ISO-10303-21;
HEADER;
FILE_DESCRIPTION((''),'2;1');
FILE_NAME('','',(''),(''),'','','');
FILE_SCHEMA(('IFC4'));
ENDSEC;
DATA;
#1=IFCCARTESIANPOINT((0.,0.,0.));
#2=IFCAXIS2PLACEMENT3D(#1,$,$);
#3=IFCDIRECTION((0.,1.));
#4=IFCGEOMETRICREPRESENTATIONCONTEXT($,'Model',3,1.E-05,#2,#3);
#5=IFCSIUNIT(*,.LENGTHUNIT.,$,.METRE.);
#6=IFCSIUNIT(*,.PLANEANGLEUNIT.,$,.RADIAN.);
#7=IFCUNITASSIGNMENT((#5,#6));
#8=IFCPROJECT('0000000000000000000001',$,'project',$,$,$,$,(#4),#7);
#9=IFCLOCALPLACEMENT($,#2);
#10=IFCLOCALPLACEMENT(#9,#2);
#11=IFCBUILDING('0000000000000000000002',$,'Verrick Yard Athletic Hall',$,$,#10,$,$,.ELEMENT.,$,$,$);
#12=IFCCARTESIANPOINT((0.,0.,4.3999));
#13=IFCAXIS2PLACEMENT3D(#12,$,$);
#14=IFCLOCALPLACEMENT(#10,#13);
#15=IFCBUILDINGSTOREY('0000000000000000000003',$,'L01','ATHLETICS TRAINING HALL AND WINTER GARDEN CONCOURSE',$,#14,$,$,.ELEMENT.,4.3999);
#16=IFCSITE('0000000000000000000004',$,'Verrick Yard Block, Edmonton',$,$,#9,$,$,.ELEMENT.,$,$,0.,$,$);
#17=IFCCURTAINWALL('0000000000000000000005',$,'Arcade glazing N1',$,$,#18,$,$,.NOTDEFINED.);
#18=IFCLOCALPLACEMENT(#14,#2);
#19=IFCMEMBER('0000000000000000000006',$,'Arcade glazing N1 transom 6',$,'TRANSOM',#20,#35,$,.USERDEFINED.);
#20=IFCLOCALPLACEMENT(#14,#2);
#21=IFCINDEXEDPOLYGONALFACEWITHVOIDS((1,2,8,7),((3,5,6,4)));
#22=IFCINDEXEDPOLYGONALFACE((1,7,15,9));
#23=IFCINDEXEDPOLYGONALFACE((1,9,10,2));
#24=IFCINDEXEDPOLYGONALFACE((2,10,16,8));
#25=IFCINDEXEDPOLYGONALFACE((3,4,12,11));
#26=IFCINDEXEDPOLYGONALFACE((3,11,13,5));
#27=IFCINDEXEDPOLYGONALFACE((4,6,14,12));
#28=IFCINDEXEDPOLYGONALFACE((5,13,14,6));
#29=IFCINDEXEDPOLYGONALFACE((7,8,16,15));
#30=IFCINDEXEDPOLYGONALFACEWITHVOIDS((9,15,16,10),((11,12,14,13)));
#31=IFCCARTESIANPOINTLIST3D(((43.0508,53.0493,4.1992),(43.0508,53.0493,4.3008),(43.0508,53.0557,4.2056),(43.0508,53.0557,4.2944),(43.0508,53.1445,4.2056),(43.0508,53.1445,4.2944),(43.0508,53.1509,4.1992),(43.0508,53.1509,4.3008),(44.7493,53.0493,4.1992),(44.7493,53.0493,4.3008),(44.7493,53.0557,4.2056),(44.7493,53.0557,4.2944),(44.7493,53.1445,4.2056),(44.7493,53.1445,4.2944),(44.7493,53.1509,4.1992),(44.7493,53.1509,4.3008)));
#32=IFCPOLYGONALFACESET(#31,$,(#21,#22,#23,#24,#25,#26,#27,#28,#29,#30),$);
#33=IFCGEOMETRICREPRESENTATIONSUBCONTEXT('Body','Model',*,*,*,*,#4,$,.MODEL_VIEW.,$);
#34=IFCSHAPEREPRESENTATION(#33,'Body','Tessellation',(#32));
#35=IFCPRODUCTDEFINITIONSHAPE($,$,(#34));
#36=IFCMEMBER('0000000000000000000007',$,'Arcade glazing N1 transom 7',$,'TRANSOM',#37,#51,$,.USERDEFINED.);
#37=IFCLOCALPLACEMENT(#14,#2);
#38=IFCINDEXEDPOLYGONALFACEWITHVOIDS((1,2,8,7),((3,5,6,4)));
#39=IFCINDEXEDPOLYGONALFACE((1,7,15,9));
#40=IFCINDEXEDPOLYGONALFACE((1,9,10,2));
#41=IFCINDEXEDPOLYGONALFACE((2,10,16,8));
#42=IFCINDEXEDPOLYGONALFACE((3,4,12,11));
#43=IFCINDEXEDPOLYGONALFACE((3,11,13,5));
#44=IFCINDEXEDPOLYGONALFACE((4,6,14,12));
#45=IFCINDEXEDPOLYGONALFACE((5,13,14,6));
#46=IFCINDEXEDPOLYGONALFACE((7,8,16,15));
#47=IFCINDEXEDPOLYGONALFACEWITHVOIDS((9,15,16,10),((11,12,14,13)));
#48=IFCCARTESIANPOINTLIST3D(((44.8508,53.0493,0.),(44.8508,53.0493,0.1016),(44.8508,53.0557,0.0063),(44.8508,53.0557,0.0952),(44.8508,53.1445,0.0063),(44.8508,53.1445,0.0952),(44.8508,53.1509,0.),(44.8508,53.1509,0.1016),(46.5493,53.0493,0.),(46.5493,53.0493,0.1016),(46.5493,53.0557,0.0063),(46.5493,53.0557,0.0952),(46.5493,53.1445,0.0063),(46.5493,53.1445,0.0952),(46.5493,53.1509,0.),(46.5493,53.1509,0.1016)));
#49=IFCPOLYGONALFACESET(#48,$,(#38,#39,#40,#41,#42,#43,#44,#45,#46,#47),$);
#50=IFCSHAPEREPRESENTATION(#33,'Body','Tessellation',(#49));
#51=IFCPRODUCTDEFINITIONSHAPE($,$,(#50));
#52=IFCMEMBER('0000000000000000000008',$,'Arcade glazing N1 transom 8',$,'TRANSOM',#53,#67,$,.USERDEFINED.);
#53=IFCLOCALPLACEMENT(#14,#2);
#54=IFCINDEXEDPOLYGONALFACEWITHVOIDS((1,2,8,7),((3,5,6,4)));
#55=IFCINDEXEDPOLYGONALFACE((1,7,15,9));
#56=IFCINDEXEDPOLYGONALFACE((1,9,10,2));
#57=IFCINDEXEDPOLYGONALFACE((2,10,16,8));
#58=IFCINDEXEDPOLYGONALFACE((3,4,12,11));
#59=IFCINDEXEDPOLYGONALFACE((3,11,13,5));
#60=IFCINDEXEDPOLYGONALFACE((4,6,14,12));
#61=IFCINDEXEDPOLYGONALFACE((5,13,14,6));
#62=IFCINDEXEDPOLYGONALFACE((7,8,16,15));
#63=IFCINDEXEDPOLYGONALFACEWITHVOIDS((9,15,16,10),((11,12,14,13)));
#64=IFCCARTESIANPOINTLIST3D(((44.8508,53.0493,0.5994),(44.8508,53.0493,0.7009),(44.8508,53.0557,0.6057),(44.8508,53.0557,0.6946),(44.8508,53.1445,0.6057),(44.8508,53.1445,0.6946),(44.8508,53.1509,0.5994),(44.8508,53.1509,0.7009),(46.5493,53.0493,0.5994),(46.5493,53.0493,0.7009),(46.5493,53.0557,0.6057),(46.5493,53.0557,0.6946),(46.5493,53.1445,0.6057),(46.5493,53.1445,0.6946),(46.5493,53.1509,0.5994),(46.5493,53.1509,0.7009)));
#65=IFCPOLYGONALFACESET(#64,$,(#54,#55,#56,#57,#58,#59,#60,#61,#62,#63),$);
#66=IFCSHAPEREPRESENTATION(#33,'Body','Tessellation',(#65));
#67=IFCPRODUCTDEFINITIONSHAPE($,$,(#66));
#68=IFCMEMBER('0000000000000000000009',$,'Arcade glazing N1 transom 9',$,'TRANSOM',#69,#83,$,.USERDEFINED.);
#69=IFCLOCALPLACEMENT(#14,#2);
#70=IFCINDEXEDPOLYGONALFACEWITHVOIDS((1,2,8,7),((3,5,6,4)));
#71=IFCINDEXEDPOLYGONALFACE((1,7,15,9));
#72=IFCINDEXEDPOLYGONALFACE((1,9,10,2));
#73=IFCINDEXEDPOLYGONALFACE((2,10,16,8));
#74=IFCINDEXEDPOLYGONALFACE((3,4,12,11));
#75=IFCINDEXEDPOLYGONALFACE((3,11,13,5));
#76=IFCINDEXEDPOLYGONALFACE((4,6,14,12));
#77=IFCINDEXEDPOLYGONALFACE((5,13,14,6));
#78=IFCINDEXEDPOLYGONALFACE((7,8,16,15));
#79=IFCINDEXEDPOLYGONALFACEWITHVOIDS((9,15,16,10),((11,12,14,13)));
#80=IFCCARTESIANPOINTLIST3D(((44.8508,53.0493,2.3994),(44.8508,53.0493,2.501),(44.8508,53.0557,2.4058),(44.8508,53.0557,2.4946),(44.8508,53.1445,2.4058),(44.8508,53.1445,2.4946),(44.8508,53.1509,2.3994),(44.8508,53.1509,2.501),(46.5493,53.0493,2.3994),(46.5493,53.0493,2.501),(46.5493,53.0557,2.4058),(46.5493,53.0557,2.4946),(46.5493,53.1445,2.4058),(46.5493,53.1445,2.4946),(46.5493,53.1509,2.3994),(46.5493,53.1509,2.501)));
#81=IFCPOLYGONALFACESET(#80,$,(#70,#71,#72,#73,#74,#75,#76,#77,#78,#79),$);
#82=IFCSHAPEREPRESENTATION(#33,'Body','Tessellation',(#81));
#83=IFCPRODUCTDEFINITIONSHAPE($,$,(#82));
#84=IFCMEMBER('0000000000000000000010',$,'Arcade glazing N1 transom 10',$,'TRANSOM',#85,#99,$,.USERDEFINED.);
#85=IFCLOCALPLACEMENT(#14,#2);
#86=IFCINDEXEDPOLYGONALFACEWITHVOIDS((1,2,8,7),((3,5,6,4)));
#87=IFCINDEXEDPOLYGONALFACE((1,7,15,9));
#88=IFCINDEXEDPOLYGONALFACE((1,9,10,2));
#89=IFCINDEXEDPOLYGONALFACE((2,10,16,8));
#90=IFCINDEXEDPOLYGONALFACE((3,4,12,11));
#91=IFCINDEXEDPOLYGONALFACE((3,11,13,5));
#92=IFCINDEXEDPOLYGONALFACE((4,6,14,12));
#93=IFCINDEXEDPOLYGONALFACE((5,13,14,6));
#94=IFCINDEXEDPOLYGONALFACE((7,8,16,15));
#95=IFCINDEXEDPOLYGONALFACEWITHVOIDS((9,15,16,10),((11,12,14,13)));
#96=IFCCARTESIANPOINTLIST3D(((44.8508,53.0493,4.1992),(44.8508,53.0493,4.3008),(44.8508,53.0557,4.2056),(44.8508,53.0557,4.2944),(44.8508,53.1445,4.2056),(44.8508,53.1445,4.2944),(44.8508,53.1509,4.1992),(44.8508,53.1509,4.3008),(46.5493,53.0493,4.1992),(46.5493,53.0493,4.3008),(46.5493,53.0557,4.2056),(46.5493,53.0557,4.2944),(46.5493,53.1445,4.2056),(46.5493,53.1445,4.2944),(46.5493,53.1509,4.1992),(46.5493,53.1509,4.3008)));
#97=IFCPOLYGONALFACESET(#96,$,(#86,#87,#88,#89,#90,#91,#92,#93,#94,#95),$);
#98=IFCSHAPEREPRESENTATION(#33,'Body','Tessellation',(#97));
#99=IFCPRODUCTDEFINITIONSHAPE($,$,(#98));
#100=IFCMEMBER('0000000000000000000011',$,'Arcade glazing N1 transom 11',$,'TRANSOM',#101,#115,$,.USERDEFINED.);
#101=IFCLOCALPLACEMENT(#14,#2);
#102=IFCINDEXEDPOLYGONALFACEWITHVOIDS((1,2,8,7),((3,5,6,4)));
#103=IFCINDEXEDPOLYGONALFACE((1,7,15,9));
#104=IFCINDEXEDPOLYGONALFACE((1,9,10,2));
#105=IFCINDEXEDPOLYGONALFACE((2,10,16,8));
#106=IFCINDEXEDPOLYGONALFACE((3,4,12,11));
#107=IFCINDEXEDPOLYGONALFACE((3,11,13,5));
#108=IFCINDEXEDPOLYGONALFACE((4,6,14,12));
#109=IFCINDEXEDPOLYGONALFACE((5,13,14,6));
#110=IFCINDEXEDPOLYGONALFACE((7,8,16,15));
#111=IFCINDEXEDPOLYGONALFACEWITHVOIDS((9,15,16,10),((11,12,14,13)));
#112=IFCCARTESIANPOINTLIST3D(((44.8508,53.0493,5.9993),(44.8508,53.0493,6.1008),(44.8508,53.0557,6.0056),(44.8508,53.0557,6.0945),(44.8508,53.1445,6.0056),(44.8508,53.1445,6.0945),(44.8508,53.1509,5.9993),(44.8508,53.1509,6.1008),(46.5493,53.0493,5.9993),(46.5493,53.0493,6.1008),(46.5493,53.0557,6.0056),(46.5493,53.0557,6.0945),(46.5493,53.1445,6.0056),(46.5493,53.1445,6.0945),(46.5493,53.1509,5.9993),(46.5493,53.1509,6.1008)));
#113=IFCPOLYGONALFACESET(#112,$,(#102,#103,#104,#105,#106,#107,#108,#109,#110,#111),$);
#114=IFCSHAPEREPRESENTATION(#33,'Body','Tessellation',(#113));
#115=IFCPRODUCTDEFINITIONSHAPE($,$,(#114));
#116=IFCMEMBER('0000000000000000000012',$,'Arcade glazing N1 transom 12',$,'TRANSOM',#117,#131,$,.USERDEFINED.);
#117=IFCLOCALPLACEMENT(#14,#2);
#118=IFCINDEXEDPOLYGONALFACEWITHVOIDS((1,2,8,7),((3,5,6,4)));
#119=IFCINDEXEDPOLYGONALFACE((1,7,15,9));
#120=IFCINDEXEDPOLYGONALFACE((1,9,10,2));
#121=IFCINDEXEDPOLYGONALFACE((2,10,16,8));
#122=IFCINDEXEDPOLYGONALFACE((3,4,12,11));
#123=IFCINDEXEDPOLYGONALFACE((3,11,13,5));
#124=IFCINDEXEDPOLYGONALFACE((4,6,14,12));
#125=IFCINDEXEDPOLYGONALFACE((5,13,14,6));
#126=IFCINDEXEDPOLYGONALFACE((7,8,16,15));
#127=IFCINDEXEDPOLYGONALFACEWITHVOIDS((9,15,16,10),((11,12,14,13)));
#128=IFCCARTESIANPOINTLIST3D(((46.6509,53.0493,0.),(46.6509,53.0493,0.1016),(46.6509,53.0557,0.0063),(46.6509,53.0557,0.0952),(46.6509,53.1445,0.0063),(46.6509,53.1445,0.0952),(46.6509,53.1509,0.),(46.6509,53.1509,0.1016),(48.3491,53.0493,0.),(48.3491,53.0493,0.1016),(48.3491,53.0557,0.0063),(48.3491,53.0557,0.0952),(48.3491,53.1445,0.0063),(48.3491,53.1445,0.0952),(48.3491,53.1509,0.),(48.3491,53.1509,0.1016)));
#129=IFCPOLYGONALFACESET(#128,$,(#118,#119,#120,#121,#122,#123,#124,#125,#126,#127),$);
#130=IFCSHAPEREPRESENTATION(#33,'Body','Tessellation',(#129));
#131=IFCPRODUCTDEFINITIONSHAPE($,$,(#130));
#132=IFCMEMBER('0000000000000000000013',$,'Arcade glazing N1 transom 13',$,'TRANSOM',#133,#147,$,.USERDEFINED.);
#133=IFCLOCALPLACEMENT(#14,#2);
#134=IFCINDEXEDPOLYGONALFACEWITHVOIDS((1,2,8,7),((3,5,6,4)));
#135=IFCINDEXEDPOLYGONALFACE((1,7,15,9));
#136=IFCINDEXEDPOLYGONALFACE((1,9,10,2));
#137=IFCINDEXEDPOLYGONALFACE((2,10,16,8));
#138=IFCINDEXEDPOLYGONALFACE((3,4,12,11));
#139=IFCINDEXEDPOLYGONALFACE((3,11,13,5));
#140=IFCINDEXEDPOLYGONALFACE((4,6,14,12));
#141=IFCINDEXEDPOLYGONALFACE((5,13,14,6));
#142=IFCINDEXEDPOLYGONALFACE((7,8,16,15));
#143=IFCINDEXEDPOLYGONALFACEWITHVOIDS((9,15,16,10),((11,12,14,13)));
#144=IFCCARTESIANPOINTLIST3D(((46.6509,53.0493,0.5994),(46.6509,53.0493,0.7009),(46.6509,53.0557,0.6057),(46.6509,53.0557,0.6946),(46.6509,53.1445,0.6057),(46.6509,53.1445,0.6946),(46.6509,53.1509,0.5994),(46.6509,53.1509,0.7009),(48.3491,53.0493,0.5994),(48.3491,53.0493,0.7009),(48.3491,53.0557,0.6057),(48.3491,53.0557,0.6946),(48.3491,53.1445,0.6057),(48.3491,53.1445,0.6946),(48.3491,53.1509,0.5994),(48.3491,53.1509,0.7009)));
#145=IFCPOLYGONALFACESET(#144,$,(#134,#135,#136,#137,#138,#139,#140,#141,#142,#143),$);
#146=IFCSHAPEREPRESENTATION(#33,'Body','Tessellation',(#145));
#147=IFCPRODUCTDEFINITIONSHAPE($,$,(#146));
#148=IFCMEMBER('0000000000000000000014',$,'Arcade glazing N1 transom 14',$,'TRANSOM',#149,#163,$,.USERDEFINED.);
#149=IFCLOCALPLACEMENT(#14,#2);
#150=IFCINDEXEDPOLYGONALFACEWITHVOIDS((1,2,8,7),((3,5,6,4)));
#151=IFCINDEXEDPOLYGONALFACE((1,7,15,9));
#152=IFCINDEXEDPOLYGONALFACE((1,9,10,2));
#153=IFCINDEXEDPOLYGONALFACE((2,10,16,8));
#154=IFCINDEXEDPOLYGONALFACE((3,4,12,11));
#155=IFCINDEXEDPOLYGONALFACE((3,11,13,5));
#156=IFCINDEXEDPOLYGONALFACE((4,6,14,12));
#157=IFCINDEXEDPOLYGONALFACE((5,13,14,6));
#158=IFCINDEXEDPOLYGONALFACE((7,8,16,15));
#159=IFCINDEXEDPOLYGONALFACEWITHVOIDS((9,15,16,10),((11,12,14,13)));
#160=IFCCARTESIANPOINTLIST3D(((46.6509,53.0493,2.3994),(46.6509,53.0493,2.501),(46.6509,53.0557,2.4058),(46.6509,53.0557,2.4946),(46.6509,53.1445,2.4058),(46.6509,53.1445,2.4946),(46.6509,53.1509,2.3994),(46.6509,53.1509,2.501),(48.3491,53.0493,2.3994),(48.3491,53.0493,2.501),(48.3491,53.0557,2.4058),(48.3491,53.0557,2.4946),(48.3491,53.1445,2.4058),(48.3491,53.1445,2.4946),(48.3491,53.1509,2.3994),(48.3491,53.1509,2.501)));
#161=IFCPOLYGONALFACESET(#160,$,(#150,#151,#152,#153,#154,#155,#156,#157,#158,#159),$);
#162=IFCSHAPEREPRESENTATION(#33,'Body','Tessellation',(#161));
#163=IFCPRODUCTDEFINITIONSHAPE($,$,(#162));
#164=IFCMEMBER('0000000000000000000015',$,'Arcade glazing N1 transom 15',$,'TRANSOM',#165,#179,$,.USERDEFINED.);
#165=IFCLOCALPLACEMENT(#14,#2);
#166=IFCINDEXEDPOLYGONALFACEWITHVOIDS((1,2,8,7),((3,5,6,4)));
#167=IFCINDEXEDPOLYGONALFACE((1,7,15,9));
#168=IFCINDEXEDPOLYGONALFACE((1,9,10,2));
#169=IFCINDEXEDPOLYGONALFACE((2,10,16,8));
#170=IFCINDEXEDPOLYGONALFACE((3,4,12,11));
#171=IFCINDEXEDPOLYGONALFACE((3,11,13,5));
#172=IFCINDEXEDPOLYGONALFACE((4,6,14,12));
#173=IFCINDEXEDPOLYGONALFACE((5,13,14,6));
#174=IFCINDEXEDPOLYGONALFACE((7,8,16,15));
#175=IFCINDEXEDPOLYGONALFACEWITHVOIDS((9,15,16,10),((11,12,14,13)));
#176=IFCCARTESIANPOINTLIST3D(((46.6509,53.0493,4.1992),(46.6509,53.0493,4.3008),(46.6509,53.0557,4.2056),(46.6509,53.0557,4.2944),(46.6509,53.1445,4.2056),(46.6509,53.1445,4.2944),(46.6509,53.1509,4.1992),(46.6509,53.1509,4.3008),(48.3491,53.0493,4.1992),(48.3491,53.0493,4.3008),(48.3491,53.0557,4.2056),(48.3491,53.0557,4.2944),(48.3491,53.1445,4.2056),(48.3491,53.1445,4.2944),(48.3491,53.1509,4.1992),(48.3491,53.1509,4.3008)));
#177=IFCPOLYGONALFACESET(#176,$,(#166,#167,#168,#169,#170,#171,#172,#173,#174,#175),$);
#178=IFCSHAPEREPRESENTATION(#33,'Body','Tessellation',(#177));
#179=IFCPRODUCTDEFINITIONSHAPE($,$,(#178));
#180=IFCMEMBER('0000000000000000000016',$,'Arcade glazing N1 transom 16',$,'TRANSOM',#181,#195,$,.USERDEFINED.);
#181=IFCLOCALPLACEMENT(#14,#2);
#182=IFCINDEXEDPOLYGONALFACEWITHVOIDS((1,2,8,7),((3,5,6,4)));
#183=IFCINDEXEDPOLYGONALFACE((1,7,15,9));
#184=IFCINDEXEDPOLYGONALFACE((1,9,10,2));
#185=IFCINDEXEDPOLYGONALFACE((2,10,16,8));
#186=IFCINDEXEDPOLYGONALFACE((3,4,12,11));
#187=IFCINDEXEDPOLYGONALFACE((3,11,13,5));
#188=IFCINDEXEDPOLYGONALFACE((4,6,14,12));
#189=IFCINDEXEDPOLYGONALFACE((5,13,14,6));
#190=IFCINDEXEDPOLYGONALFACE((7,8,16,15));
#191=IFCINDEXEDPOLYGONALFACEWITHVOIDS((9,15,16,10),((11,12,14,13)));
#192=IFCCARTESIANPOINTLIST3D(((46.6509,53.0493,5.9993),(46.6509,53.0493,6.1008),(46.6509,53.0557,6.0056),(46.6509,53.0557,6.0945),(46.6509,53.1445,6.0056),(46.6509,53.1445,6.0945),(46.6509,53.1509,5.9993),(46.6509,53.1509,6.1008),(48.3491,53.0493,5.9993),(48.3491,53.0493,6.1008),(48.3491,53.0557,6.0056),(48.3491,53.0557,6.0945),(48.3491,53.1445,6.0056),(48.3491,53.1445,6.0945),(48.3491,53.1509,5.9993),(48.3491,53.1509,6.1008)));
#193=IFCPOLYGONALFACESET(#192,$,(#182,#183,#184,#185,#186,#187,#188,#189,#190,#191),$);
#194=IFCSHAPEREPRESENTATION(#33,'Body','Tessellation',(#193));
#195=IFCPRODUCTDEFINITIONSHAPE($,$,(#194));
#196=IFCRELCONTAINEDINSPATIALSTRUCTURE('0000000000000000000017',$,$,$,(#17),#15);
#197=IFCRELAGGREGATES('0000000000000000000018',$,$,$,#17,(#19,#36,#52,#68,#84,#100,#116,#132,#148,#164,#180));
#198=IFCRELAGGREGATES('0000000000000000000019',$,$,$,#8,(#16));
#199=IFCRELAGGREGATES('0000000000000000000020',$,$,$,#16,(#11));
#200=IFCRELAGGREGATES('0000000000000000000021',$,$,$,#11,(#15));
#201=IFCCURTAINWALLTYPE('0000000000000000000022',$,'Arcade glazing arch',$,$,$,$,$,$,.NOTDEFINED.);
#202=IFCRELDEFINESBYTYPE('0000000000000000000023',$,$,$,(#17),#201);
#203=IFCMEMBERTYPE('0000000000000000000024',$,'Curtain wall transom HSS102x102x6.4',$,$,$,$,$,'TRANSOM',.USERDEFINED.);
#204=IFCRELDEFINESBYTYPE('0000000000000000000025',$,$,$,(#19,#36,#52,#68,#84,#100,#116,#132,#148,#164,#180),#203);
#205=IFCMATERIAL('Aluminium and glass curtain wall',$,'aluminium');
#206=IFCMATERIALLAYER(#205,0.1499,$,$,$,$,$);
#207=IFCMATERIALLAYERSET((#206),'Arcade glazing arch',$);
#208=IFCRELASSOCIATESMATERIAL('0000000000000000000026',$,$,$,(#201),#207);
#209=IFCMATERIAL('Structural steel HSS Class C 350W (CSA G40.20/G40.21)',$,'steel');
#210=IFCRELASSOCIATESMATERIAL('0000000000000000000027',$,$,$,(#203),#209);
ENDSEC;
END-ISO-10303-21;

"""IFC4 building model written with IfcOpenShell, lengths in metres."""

from ifc_helpers import new_model, si_unit, direction, frame, origin, origin_2d, place, context, subcontext, project, spatial, hollow_rectangle, extrude, material, layer, layer_set, material_profile, profile_set, type_object, element, aggregate, save


model = new_model("IFC4")

# Units and contexts
model_context = context("Model", 3, precision=1e-05, world=origin(), true_north=direction((0.0, 1.0)))
body_context = subcontext(model_context, "Body", "Model", "MODEL_VIEW")
ifc_project = project(units=[si_unit("LENGTHUNIT", "METRE"), si_unit("PLANEANGLEUNIT", "RADIAN")], contexts=[model_context])

# Site, building, storey
site_placement = place(None, origin())
site = spatial("IfcSite", under=ifc_project, at=site_placement, Name="Verrick Yard Block, Edmonton", CompositionType="ELEMENT", RefElevation=0.0)
building_placement = place(site_placement, origin())
building = spatial("IfcBuilding", under=site, at=building_placement, Name="Verrick Yard Athletic Hall", CompositionType="ELEMENT")
storey_placement = place(building_placement, frame((0.0, 0.0, 4.3999)))
storey = spatial("IfcBuildingStorey", under=building, at=storey_placement, Name="L01", Description="ATHLETICS TRAINING HALL AND WINTER GARDEN CONCOURSE", CompositionType="ELEMENT", Elevation=4.3999)

# Curtain wall, members
ifc_material_1 = material(Name="Aluminium and glass curtain wall", Category="aluminium")
ifc_layer_1 = layer(ifc_material_1, 0.1499)
ifc_layer_set_1 = layer_set([ifc_layer_1], Name="Arcade glazing arch")
curtain_wall_type = type_object("IfcCurtainWallType", Name="Arcade glazing arch", PredefinedType="NOTDEFINED", material=ifc_layer_set_1)
curtain_wall_placement = place(storey_placement, origin())
curtain_wall = element("IfcCurtainWall", 1, at=curtain_wall_placement, inside=storey, type_object=curtain_wall_type, Name="Arcade glazing N1", PredefinedType="NOTDEFINED")
ifc_material_2 = material(Name="Structural steel HSS Class C 350W (CSA G40.20/G40.21)", Category="steel")
ifc_material_profile_1 = material_profile(ifc_material_2, hollow_rectangle(XDim=0.1016, YDim=0.1016, WallThickness=0.0063, at=origin_2d()), Name="HSS102x102x6.4")
ifc_profile_set_1 = profile_set([ifc_material_profile_1], Name="Structural steel HSS Class C 350W (CSA G40.20/G40.21)")
member_type_1 = type_object("IfcMemberType", Name="Curtain wall transom HSS102x102x6.4", ElementType="TRANSOM", PredefinedType="USERDEFINED", material=ifc_profile_set_1)
member_1_placement = place(storey_placement, frame((43.0508, 53.1001, 4.25), z_axis=(1.0, 0.0, 0.0), x_axis=(0.0, 1.0, 0.0)))
member_1 = element("IfcMember", 2, at=member_1_placement, type_object=member_type_1, Name="Arcade glazing N1 transom 6", ObjectType="TRANSOM", PredefinedType="USERDEFINED", context=body_context, shape_type="SweptSolid", body=[
    extrude(hollow_rectangle(XDim=0.1016, YDim=0.1016, WallThickness=0.0063, at=origin_2d()), origin(), (0.0, 0.0, 1.0), 1.6985),
])
member_2_placement = place(storey_placement, frame((44.8508, 53.1001, 0.0508), z_axis=(1.0, 0.0, 0.0), x_axis=(0.0, 1.0, 0.0)))
member_2 = element("IfcMember", 3, at=member_2_placement, type_object=member_type_1, Name="Arcade glazing N1 transom 7", ObjectType="TRANSOM", PredefinedType="USERDEFINED", context=body_context, shape_type="SweptSolid", body=[
    extrude(hollow_rectangle(XDim=0.1016, YDim=0.1016, WallThickness=0.0063, at=origin_2d()), origin(), (0.0, 0.0, 1.0), 1.6985),
])
member_3_placement = place(storey_placement, frame((44.8508, 53.1001, 0.6501), z_axis=(1.0, 0.0, 0.0), x_axis=(0.0, 1.0, 0.0)))
member_3 = element("IfcMember", 4, at=member_3_placement, type_object=member_type_1, Name="Arcade glazing N1 transom 8", ObjectType="TRANSOM", PredefinedType="USERDEFINED", context=body_context, shape_type="SweptSolid", body=[
    extrude(hollow_rectangle(XDim=0.1016, YDim=0.1016, WallThickness=0.0063, at=origin_2d()), origin(), (0.0, 0.0, 1.0), 1.6985),
])
member_4_placement = place(storey_placement, frame((44.8508, 53.1001, 2.4502), z_axis=(1.0, 0.0, 0.0), x_axis=(0.0, 1.0, 0.0)))
member_4 = element("IfcMember", 5, at=member_4_placement, type_object=member_type_1, Name="Arcade glazing N1 transom 9", ObjectType="TRANSOM", PredefinedType="USERDEFINED", context=body_context, shape_type="SweptSolid", body=[
    extrude(hollow_rectangle(XDim=0.1016, YDim=0.1016, WallThickness=0.0063, at=origin_2d()), origin(), (0.0, 0.0, 1.0), 1.6985),
])
member_5_placement = place(storey_placement, frame((44.8508, 53.1001, 4.25), z_axis=(1.0, 0.0, 0.0), x_axis=(0.0, 1.0, 0.0)))
member_5 = element("IfcMember", 6, at=member_5_placement, type_object=member_type_1, Name="Arcade glazing N1 transom 10", ObjectType="TRANSOM", PredefinedType="USERDEFINED", context=body_context, shape_type="SweptSolid", body=[
    extrude(hollow_rectangle(XDim=0.1016, YDim=0.1016, WallThickness=0.0063, at=origin_2d()), origin(), (0.0, 0.0, 1.0), 1.6985),
])
member_6_placement = place(storey_placement, frame((44.8508, 53.1001, 6.05), z_axis=(1.0, 0.0, 0.0), x_axis=(0.0, 1.0, 0.0)))
member_6 = element("IfcMember", 7, at=member_6_placement, type_object=member_type_1, Name="Arcade glazing N1 transom 11", ObjectType="TRANSOM", PredefinedType="USERDEFINED", context=body_context, shape_type="SweptSolid", body=[
    extrude(hollow_rectangle(XDim=0.1016, YDim=0.1016, WallThickness=0.0063, at=origin_2d()), origin(), (0.0, 0.0, 1.0), 1.6985),
])
member_7_placement = place(storey_placement, frame((46.6509, 53.1001, 0.0508), z_axis=(1.0, 0.0, 0.0), x_axis=(0.0, 1.0, 0.0)))
member_7 = element("IfcMember", 8, at=member_7_placement, type_object=member_type_1, Name="Arcade glazing N1 transom 12", ObjectType="TRANSOM", PredefinedType="USERDEFINED", context=body_context, shape_type="SweptSolid", body=[
    extrude(hollow_rectangle(XDim=0.1016, YDim=0.1016, WallThickness=0.0063, at=origin_2d()), origin(), (0.0, 0.0, 1.0), 1.6982),
])
member_8_placement = place(storey_placement, frame((46.6509, 53.1001, 0.6501), z_axis=(1.0, 0.0, 0.0), x_axis=(0.0, 1.0, 0.0)))
member_8 = element("IfcMember", 9, at=member_8_placement, type_object=member_type_1, Name="Arcade glazing N1 transom 13", ObjectType="TRANSOM", PredefinedType="USERDEFINED", context=body_context, shape_type="SweptSolid", body=[
    extrude(hollow_rectangle(XDim=0.1016, YDim=0.1016, WallThickness=0.0063, at=origin_2d()), origin(), (0.0, 0.0, 1.0), 1.6982),
])
member_9_placement = place(storey_placement, frame((46.6509, 53.1001, 2.4502), z_axis=(1.0, 0.0, 0.0), x_axis=(0.0, 1.0, 0.0)))
member_9 = element("IfcMember", 10, at=member_9_placement, type_object=member_type_1, Name="Arcade glazing N1 transom 14", ObjectType="TRANSOM", PredefinedType="USERDEFINED", context=body_context, shape_type="SweptSolid", body=[
    extrude(hollow_rectangle(XDim=0.1016, YDim=0.1016, WallThickness=0.0063, at=origin_2d()), origin(), (0.0, 0.0, 1.0), 1.6982),
])
member_10_placement = place(storey_placement, frame((46.6509, 53.1001, 4.25), z_axis=(1.0, 0.0, 0.0), x_axis=(0.0, 1.0, 0.0)))
member_10 = element("IfcMember", 11, at=member_10_placement, type_object=member_type_1, Name="Arcade glazing N1 transom 15", ObjectType="TRANSOM", PredefinedType="USERDEFINED", context=body_context, shape_type="SweptSolid", body=[
    extrude(hollow_rectangle(XDim=0.1016, YDim=0.1016, WallThickness=0.0063, at=origin_2d()), origin(), (0.0, 0.0, 1.0), 1.6982),
])
member_11_placement = place(storey_placement, frame((46.6509, 53.1001, 6.05), z_axis=(1.0, 0.0, 0.0), x_axis=(0.0, 1.0, 0.0)))
member_11 = element("IfcMember", 12, at=member_11_placement, type_object=member_type_1, Name="Arcade glazing N1 transom 16", ObjectType="TRANSOM", PredefinedType="USERDEFINED", context=body_context, shape_type="SweptSolid", body=[
    extrude(hollow_rectangle(XDim=0.1016, YDim=0.1016, WallThickness=0.0063, at=origin_2d()), origin(), (0.0, 0.0, 1.0), 1.6982),
])
aggregate(curtain_wall, [member_1, member_2, member_3, member_4, member_5, member_6, member_7, member_8, member_9, member_10, member_11])

save(model, "model.ifc")
